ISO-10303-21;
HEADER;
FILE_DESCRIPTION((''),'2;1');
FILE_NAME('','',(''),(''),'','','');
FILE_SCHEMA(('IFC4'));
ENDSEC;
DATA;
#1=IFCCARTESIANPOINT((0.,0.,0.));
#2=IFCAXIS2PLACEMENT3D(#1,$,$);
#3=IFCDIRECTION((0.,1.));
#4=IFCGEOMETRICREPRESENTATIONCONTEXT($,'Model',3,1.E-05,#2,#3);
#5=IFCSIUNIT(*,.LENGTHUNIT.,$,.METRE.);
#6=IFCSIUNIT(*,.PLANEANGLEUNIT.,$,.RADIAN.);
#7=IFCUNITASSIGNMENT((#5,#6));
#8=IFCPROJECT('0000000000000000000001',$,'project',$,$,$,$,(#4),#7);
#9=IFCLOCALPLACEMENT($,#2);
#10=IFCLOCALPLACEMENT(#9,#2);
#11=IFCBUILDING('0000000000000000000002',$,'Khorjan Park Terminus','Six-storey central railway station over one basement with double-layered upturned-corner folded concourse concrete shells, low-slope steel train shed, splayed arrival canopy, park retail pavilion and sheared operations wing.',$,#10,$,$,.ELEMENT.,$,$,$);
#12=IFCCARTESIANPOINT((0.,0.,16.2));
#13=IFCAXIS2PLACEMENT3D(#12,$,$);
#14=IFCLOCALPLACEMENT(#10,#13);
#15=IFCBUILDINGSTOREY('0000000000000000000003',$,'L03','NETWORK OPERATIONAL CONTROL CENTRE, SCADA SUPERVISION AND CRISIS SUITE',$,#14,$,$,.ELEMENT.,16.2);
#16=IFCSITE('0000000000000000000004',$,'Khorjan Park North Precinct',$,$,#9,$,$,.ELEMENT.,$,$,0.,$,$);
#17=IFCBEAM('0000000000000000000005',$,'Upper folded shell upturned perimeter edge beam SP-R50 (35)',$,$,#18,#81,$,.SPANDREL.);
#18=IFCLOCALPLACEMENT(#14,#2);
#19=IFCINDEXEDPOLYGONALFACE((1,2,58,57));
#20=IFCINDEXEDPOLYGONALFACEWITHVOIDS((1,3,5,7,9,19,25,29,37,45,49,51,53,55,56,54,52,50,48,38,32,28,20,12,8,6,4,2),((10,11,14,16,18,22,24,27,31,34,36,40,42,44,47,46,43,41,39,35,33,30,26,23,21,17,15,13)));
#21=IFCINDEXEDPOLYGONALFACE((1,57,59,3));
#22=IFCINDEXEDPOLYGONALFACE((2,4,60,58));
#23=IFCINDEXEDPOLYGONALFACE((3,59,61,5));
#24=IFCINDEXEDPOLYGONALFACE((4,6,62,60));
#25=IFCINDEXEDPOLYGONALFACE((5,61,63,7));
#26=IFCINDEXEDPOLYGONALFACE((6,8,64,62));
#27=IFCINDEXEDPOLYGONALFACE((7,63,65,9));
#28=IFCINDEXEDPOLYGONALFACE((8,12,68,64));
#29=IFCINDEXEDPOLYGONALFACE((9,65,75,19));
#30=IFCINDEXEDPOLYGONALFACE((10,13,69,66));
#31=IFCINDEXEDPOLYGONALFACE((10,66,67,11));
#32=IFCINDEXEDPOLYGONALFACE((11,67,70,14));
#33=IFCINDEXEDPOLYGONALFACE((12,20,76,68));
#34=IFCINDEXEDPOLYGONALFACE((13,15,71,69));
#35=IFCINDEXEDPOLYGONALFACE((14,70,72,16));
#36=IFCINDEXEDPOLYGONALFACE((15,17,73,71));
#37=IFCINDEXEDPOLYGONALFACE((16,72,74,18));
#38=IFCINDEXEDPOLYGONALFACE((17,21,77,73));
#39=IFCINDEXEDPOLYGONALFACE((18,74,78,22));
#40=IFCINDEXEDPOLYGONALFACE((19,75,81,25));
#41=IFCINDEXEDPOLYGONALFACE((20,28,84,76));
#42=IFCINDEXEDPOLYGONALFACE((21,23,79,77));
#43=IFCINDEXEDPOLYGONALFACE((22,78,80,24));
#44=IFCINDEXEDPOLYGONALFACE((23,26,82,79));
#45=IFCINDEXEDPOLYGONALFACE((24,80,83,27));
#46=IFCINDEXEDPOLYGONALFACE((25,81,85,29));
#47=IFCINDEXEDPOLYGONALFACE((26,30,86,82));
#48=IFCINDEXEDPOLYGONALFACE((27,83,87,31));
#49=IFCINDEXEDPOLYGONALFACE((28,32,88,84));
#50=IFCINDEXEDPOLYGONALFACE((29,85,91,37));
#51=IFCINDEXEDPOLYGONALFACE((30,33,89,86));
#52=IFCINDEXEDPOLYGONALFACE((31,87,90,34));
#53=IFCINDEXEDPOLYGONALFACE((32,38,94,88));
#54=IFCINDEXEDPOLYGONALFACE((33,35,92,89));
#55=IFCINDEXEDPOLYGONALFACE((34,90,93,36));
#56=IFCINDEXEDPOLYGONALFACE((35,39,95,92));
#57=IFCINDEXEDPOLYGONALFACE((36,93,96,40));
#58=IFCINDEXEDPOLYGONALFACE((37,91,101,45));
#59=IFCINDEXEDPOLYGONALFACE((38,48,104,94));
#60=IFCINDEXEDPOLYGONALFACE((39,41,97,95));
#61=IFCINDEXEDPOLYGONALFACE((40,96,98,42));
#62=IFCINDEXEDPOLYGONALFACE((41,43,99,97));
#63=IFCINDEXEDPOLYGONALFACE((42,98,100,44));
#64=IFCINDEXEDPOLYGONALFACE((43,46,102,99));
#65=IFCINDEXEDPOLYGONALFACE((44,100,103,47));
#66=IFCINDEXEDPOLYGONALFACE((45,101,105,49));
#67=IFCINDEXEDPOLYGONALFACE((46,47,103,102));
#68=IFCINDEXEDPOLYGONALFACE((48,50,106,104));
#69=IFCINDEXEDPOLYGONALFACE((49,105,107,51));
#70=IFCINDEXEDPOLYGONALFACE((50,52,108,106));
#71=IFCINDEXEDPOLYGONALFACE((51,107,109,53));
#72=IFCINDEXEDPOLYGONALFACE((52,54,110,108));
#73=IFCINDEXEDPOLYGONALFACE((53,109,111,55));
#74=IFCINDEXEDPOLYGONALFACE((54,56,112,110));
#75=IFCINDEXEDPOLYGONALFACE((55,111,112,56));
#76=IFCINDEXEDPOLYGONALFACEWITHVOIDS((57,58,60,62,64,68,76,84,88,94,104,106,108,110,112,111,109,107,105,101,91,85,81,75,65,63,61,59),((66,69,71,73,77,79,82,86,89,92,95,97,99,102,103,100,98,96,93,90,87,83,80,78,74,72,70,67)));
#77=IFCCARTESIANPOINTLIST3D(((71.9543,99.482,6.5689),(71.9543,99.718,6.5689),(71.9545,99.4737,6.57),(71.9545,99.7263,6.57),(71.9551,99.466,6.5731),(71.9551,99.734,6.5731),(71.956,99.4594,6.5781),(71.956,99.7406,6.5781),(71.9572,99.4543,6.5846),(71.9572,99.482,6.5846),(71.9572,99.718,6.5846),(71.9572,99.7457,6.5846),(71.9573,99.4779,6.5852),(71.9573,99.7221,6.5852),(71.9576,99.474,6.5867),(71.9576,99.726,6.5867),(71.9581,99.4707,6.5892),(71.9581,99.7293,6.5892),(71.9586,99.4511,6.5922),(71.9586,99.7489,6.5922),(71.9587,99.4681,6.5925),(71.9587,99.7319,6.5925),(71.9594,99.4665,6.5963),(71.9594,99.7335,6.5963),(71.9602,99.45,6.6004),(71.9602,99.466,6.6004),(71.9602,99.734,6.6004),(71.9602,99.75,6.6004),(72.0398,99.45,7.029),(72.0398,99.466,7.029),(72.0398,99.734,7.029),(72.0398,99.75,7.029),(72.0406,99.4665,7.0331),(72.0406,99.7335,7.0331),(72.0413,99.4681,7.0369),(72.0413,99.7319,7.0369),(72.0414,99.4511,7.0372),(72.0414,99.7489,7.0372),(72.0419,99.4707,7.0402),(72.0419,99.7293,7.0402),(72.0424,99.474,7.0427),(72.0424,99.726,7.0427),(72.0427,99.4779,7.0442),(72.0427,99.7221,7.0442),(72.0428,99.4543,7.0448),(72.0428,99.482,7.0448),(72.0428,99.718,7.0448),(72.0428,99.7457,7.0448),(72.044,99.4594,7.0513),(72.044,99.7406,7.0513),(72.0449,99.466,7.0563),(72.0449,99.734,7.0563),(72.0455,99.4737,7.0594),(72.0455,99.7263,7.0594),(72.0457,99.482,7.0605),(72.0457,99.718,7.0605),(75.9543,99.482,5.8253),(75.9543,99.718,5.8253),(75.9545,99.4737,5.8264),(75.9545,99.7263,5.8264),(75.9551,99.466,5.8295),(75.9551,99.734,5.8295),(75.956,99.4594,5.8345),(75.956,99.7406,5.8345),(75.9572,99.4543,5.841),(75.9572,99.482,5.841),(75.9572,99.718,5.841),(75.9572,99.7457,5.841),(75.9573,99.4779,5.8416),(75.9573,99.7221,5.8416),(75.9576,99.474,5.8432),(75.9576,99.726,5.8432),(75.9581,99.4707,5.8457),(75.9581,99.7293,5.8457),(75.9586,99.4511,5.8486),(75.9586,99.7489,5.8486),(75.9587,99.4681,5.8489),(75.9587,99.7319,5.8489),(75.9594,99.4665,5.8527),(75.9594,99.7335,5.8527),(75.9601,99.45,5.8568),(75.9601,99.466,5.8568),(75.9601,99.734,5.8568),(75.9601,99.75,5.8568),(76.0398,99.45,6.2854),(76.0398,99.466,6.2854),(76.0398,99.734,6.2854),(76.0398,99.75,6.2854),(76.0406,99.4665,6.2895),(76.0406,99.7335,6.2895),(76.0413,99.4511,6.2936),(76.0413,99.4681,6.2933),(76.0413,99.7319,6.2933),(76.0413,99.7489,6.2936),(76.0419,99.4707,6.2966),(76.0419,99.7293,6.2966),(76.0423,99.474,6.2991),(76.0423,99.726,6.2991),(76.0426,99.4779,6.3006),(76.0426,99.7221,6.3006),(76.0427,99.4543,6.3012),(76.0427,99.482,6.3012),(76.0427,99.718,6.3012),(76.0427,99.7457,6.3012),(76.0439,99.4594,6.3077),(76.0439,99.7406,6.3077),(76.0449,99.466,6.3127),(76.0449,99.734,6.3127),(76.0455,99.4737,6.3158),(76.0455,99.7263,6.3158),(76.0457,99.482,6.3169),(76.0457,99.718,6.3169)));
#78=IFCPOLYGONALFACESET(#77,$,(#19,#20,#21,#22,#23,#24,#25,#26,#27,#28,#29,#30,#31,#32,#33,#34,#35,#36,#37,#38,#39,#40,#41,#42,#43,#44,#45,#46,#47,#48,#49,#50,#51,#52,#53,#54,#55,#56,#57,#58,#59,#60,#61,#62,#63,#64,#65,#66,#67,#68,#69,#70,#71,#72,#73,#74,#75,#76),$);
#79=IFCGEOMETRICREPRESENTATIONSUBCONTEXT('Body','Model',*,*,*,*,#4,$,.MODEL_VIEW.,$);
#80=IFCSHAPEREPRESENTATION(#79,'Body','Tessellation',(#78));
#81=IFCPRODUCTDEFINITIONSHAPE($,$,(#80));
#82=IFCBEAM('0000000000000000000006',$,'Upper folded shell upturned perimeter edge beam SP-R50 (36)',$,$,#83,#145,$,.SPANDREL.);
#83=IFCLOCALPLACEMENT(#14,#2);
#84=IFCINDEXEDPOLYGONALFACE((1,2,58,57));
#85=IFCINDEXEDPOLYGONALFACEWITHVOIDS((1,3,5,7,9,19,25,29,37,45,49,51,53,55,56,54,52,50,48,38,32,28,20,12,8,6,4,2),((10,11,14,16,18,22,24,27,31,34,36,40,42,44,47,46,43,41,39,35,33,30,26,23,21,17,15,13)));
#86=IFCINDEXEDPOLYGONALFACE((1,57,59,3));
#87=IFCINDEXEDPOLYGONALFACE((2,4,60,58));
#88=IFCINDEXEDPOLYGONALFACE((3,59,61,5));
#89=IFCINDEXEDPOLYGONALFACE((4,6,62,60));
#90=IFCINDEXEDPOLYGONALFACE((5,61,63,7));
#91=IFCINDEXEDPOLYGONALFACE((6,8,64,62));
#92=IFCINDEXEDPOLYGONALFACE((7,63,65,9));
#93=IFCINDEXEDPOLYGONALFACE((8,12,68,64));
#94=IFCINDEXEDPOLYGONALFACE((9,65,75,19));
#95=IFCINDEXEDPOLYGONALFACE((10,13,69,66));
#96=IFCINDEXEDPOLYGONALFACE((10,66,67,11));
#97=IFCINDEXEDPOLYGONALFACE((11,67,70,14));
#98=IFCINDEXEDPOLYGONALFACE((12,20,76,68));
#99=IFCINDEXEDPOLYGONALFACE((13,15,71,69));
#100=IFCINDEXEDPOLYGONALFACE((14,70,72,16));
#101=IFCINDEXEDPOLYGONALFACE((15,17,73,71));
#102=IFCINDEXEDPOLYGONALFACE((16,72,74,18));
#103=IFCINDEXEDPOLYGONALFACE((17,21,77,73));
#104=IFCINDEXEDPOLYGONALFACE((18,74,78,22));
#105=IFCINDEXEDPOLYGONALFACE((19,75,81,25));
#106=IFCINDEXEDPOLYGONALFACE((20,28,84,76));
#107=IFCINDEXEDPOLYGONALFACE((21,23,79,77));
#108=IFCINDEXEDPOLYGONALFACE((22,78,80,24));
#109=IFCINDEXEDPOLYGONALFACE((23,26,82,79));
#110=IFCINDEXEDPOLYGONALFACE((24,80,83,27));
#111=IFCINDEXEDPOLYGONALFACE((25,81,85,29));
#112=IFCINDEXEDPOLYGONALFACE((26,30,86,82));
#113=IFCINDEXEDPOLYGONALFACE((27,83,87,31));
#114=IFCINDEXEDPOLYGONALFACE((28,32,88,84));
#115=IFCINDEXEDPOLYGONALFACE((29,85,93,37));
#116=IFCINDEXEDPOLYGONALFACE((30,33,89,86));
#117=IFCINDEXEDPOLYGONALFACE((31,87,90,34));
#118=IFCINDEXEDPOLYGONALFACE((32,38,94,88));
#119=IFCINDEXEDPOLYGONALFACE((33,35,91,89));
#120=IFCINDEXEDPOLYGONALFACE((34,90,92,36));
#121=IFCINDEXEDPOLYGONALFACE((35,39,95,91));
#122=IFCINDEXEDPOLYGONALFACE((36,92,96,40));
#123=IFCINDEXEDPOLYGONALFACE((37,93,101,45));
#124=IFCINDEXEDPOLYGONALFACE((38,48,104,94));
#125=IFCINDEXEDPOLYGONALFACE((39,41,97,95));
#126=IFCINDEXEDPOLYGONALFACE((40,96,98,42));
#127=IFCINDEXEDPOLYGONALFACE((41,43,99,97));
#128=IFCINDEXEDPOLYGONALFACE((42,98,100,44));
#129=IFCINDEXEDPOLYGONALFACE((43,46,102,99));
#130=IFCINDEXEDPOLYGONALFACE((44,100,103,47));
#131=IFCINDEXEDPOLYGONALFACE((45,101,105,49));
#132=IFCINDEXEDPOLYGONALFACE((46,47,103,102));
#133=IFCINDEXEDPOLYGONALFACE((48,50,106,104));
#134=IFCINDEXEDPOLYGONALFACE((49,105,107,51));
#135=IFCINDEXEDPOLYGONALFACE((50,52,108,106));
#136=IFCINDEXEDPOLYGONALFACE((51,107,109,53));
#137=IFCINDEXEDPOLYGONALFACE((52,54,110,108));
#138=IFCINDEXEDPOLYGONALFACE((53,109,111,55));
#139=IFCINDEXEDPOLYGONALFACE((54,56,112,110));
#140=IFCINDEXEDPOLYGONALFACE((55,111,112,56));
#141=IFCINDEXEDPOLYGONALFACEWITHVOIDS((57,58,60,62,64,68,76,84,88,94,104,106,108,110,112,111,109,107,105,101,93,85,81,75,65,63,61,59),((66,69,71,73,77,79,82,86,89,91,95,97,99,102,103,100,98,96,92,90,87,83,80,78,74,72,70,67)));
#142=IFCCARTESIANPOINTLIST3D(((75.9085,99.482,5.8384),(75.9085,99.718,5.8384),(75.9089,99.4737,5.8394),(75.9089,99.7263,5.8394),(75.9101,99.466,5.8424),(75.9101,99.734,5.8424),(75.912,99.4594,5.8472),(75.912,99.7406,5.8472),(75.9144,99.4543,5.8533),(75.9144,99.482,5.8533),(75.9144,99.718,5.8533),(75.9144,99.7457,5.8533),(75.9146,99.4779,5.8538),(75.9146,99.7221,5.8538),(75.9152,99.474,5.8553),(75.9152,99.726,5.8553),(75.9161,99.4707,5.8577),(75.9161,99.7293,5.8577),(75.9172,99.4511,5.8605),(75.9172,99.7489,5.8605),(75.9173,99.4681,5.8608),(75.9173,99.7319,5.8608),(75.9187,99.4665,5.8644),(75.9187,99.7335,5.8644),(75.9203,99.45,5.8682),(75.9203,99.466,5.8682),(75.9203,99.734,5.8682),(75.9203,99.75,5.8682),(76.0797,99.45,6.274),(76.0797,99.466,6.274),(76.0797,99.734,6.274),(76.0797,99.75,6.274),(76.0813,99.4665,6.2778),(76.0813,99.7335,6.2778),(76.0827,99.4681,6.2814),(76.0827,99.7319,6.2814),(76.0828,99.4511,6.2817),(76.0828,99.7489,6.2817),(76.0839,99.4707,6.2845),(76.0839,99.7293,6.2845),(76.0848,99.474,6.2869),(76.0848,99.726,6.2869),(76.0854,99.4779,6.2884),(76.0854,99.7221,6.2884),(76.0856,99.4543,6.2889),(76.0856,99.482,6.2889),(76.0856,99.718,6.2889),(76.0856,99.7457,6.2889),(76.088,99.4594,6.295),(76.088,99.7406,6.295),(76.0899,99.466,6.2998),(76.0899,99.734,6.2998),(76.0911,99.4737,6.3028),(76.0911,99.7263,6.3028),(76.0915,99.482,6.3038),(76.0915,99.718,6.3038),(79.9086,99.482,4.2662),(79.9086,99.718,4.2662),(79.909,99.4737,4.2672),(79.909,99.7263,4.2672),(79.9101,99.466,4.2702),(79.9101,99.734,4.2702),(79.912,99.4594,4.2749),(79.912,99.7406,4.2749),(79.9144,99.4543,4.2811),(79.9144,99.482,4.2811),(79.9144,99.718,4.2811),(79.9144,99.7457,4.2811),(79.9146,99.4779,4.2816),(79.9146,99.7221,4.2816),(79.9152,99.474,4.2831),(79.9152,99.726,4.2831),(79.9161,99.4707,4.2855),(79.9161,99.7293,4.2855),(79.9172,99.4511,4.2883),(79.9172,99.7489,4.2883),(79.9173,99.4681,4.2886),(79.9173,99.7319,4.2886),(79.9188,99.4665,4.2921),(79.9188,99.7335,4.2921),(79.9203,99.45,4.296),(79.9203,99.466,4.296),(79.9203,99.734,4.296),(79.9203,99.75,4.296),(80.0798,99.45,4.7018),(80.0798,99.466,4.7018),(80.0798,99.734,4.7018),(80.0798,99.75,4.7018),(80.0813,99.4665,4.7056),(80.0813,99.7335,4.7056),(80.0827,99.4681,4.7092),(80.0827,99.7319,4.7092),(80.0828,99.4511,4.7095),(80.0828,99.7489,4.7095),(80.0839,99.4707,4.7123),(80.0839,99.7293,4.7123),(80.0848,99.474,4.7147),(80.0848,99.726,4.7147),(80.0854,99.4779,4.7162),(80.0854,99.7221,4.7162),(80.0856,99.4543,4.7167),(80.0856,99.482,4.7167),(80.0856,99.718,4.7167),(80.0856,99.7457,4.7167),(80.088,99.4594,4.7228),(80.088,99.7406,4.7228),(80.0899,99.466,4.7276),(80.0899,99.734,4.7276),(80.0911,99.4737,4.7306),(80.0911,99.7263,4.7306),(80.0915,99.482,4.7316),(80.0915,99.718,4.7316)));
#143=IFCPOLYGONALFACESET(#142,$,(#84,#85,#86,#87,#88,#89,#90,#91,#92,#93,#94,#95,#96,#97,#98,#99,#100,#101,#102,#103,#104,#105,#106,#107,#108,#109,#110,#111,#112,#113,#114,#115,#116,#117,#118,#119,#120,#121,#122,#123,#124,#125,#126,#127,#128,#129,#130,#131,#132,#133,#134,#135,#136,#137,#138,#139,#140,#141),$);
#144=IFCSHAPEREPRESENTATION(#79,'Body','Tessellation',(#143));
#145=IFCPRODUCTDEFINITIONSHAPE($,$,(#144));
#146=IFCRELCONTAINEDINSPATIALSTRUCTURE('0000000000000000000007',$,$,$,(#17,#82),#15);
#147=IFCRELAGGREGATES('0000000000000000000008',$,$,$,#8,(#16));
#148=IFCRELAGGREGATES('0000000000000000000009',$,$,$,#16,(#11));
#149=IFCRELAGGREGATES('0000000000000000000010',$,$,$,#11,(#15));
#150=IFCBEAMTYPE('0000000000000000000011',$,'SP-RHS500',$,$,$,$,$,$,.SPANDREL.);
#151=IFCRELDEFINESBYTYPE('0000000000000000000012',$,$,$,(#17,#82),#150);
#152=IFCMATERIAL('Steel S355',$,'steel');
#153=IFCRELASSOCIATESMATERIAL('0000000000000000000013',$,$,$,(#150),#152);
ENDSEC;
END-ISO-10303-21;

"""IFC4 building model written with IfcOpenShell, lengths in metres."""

from ifc_helpers import new_model, si_unit, direction, frame, origin, origin_2d, place, context, subcontext, project, spatial, hollow_rectangle, extrude, material, material_profile, profile_set, type_object, element, save


model = new_model("IFC4")

# Units and contexts
model_context = context("Model", 3, precision=1e-05, world=origin(), true_north=direction((0.0, 1.0)))
body_context = subcontext(model_context, "Body", "Model", "MODEL_VIEW")
ifc_project = project(units=[si_unit("LENGTHUNIT", "METRE"), si_unit("PLANEANGLEUNIT", "RADIAN")], contexts=[model_context])

# Site, building, storey
site_placement = place(None, origin())
site = spatial("IfcSite", under=ifc_project, at=site_placement, Name="Khorjan Park North Precinct", CompositionType="ELEMENT", RefElevation=0.0)
building_placement = place(site_placement, origin())
building = spatial("IfcBuilding", under=site, at=building_placement, Name="Khorjan Park Terminus", Description="Six-storey central railway station over one basement with double-layered upturned-corner folded concourse concrete shells, low-slope steel train shed, splayed arrival canopy, park retail pavilion and sheared operations wing.", CompositionType="ELEMENT")
storey_placement = place(building_placement, frame((0.0, 0.0, 16.2)))
storey = spatial("IfcBuildingStorey", under=building, at=storey_placement, Name="L03", Description="NETWORK OPERATIONAL CONTROL CENTRE, SCADA SUPERVISION AND CRISIS SUITE", CompositionType="ELEMENT", Elevation=16.2)

# Shared definitions
ifc_material_1 = material(Name="Steel S355", Category="steel")

# Beams
ifc_material_profile_1 = material_profile(ifc_material_1, hollow_rectangle(XDim=0.3, YDim=0.5, WallThickness=0.016, InnerFilletRadius=0.016, OuterFilletRadius=0.032, at=origin_2d()), Name="RHS 500x300x16")
ifc_profile_set_1 = profile_set([ifc_material_profile_1], Name="Steel S355")
beam_type_1 = type_object("IfcBeamType", Name="SP-RHS500", PredefinedType="SPANDREL", material=ifc_profile_set_1)
beam_1_placement = place(storey_placement, frame((72.0, 99.6, 6.8147), z_axis=(0.983156, 0.0, -0.182769), x_axis=(0.0, 1.0, 0.0)))
element("IfcBeam", 1, at=beam_1_placement, inside=storey, type_object=beam_type_1, Name="Upper folded shell upturned perimeter edge beam SP-R50 (35)", PredefinedType="SPANDREL", context=body_context, shape_type="SweptSolid", body=[
    extrude(hollow_rectangle(XDim=0.3, YDim=0.5, WallThickness=0.016, InnerFilletRadius=0.016, OuterFilletRadius=0.032, at=origin_2d()), origin(), (0.0, 0.0, 1.0), 4.0685),
])
beam_2_placement = place(storey_placement, frame((76.0, 99.6, 6.0711), z_axis=(0.93069, 0.0, -0.365808), x_axis=(0.0, 1.0, 0.0)))
element("IfcBeam", 2, at=beam_2_placement, inside=storey, type_object=beam_type_1, Name="Upper folded shell upturned perimeter edge beam SP-R50 (36)", PredefinedType="SPANDREL", context=body_context, shape_type="SweptSolid", body=[
    extrude(hollow_rectangle(XDim=0.3, YDim=0.5, WallThickness=0.016, InnerFilletRadius=0.016, OuterFilletRadius=0.032, at=origin_2d()), origin(), (0.0, 0.0, 1.0), 4.2979),
])

save(model, "model.ifc")
